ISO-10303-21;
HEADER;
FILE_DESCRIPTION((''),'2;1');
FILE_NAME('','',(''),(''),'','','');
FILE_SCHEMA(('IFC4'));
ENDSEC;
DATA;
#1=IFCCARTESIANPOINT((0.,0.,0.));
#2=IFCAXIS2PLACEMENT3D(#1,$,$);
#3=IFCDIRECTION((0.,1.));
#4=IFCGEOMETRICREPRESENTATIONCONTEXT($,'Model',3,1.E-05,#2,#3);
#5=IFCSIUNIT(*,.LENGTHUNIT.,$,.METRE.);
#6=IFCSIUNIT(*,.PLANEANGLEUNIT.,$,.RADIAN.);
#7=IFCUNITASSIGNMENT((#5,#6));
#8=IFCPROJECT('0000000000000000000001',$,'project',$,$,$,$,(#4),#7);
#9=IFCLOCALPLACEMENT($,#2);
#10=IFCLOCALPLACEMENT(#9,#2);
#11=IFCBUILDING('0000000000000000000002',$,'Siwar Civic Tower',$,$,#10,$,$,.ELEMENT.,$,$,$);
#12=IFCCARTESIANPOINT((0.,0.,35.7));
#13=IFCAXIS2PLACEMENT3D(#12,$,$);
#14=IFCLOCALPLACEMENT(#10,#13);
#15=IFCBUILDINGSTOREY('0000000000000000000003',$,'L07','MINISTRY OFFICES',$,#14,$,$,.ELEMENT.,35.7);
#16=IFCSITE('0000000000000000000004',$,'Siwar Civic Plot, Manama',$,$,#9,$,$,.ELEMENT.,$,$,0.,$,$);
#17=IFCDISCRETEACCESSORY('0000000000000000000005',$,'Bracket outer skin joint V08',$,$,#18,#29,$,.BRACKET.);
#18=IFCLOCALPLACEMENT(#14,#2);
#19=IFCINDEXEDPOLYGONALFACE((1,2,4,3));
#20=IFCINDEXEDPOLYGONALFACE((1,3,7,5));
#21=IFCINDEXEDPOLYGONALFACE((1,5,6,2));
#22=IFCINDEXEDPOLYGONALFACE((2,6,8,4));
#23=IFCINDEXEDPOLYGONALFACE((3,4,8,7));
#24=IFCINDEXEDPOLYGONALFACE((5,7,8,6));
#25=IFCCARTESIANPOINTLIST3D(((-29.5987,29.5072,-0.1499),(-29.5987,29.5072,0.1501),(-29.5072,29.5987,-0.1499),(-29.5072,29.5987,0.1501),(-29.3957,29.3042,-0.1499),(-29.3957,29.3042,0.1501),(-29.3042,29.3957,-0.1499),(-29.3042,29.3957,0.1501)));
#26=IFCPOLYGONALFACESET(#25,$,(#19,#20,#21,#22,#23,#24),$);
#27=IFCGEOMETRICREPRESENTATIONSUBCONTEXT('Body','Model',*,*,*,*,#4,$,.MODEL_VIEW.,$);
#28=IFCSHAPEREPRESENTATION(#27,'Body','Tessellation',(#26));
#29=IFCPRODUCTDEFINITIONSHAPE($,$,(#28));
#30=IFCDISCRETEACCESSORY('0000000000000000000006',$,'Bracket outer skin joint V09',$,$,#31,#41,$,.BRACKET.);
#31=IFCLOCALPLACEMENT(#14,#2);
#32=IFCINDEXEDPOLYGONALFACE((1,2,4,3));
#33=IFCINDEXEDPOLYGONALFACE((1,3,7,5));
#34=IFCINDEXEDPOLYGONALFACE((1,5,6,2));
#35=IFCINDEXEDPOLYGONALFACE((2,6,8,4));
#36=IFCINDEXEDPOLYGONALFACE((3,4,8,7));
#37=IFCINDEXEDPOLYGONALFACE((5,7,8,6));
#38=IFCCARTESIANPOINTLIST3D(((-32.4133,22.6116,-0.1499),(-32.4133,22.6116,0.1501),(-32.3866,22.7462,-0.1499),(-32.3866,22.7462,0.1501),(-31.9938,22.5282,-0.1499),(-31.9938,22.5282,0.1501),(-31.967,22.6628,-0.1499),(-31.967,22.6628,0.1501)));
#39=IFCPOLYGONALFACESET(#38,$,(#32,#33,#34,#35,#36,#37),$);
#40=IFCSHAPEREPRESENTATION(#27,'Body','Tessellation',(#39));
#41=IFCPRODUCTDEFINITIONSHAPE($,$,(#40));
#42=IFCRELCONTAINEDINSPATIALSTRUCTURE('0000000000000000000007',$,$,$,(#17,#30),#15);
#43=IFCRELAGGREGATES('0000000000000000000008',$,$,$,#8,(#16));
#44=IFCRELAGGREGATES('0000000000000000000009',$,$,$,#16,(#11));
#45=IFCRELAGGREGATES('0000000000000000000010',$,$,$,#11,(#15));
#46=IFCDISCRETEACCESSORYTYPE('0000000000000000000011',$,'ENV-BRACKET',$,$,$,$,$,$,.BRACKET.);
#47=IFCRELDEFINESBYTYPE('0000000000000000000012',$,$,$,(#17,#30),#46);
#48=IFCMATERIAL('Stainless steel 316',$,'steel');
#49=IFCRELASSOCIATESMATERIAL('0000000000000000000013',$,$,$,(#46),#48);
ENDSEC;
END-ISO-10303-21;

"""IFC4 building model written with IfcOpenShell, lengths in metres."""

from ifc_helpers import new_model, si_unit, direction, frame, origin, origin_2d, place, context, subcontext, project, spatial, rectangle, extrude, material, type_object, element, save


model = new_model("IFC4")

# Units and contexts
model_context = context("Model", 3, precision=1e-05, world=origin(), true_north=direction((0.0, 1.0)))
body_context = subcontext(model_context, "Body", "Model", "MODEL_VIEW")
ifc_project = project(units=[si_unit("LENGTHUNIT", "METRE"), si_unit("PLANEANGLEUNIT", "RADIAN")], contexts=[model_context])

# Site, building, storey
site_placement = place(None, origin())
site = spatial("IfcSite", under=ifc_project, at=site_placement, Name="Siwar Civic Plot, Manama", CompositionType="ELEMENT", RefElevation=0.0)
building_placement = place(site_placement, origin())
building = spatial("IfcBuilding", under=site, at=building_placement, Name="Siwar Civic Tower", CompositionType="ELEMENT")
storey_placement = place(building_placement, frame((0.0, 0.0, 35.7)))
storey = spatial("IfcBuildingStorey", under=building, at=storey_placement, Name="L07", Description="MINISTRY OFFICES", CompositionType="ELEMENT", Elevation=35.7)

# Discrete accessories
ifc_material_1 = material(Name="Stainless steel 316", Category="steel")
discrete_accessory_type = type_object("IfcDiscreteAccessoryType", Name="ENV-BRACKET", PredefinedType="BRACKET", material=ifc_material_1)
discrete_accessory_1_placement = place(storey_placement, frame((-29.4514, 29.4514, -0.1499), z_axis=(0.0, 0.0, 1.0), x_axis=(-0.707107, 0.707107, 0.0)))
element("IfcDiscreteAccessory", 1, at=discrete_accessory_1_placement, inside=storey, type_object=discrete_accessory_type, Name="Bracket outer skin joint V08", PredefinedType="BRACKET", context=body_context, shape_type="SweptSolid", body=[
    extrude(rectangle(XDim=0.2871, YDim=0.1294, at=origin_2d()), origin(), (0.0, 0.0, 1.0), 0.3),
])
discrete_accessory_2_placement = place(storey_placement, frame((-32.1902, 22.6372, -0.1499), z_axis=(0.0, 0.0, 1.0), x_axis=(-0.980785, 0.19509, 0.0)))
element("IfcDiscreteAccessory", 2, at=discrete_accessory_2_placement, inside=storey, type_object=discrete_accessory_type, Name="Bracket outer skin joint V09", PredefinedType="BRACKET", context=body_context, shape_type="SweptSolid", body=[
    extrude(rectangle(XDim=0.4277, YDim=0.1372, at=origin_2d()), origin(), (0.0, 0.0, 1.0), 0.3),
])

save(model, "model.ifc")
